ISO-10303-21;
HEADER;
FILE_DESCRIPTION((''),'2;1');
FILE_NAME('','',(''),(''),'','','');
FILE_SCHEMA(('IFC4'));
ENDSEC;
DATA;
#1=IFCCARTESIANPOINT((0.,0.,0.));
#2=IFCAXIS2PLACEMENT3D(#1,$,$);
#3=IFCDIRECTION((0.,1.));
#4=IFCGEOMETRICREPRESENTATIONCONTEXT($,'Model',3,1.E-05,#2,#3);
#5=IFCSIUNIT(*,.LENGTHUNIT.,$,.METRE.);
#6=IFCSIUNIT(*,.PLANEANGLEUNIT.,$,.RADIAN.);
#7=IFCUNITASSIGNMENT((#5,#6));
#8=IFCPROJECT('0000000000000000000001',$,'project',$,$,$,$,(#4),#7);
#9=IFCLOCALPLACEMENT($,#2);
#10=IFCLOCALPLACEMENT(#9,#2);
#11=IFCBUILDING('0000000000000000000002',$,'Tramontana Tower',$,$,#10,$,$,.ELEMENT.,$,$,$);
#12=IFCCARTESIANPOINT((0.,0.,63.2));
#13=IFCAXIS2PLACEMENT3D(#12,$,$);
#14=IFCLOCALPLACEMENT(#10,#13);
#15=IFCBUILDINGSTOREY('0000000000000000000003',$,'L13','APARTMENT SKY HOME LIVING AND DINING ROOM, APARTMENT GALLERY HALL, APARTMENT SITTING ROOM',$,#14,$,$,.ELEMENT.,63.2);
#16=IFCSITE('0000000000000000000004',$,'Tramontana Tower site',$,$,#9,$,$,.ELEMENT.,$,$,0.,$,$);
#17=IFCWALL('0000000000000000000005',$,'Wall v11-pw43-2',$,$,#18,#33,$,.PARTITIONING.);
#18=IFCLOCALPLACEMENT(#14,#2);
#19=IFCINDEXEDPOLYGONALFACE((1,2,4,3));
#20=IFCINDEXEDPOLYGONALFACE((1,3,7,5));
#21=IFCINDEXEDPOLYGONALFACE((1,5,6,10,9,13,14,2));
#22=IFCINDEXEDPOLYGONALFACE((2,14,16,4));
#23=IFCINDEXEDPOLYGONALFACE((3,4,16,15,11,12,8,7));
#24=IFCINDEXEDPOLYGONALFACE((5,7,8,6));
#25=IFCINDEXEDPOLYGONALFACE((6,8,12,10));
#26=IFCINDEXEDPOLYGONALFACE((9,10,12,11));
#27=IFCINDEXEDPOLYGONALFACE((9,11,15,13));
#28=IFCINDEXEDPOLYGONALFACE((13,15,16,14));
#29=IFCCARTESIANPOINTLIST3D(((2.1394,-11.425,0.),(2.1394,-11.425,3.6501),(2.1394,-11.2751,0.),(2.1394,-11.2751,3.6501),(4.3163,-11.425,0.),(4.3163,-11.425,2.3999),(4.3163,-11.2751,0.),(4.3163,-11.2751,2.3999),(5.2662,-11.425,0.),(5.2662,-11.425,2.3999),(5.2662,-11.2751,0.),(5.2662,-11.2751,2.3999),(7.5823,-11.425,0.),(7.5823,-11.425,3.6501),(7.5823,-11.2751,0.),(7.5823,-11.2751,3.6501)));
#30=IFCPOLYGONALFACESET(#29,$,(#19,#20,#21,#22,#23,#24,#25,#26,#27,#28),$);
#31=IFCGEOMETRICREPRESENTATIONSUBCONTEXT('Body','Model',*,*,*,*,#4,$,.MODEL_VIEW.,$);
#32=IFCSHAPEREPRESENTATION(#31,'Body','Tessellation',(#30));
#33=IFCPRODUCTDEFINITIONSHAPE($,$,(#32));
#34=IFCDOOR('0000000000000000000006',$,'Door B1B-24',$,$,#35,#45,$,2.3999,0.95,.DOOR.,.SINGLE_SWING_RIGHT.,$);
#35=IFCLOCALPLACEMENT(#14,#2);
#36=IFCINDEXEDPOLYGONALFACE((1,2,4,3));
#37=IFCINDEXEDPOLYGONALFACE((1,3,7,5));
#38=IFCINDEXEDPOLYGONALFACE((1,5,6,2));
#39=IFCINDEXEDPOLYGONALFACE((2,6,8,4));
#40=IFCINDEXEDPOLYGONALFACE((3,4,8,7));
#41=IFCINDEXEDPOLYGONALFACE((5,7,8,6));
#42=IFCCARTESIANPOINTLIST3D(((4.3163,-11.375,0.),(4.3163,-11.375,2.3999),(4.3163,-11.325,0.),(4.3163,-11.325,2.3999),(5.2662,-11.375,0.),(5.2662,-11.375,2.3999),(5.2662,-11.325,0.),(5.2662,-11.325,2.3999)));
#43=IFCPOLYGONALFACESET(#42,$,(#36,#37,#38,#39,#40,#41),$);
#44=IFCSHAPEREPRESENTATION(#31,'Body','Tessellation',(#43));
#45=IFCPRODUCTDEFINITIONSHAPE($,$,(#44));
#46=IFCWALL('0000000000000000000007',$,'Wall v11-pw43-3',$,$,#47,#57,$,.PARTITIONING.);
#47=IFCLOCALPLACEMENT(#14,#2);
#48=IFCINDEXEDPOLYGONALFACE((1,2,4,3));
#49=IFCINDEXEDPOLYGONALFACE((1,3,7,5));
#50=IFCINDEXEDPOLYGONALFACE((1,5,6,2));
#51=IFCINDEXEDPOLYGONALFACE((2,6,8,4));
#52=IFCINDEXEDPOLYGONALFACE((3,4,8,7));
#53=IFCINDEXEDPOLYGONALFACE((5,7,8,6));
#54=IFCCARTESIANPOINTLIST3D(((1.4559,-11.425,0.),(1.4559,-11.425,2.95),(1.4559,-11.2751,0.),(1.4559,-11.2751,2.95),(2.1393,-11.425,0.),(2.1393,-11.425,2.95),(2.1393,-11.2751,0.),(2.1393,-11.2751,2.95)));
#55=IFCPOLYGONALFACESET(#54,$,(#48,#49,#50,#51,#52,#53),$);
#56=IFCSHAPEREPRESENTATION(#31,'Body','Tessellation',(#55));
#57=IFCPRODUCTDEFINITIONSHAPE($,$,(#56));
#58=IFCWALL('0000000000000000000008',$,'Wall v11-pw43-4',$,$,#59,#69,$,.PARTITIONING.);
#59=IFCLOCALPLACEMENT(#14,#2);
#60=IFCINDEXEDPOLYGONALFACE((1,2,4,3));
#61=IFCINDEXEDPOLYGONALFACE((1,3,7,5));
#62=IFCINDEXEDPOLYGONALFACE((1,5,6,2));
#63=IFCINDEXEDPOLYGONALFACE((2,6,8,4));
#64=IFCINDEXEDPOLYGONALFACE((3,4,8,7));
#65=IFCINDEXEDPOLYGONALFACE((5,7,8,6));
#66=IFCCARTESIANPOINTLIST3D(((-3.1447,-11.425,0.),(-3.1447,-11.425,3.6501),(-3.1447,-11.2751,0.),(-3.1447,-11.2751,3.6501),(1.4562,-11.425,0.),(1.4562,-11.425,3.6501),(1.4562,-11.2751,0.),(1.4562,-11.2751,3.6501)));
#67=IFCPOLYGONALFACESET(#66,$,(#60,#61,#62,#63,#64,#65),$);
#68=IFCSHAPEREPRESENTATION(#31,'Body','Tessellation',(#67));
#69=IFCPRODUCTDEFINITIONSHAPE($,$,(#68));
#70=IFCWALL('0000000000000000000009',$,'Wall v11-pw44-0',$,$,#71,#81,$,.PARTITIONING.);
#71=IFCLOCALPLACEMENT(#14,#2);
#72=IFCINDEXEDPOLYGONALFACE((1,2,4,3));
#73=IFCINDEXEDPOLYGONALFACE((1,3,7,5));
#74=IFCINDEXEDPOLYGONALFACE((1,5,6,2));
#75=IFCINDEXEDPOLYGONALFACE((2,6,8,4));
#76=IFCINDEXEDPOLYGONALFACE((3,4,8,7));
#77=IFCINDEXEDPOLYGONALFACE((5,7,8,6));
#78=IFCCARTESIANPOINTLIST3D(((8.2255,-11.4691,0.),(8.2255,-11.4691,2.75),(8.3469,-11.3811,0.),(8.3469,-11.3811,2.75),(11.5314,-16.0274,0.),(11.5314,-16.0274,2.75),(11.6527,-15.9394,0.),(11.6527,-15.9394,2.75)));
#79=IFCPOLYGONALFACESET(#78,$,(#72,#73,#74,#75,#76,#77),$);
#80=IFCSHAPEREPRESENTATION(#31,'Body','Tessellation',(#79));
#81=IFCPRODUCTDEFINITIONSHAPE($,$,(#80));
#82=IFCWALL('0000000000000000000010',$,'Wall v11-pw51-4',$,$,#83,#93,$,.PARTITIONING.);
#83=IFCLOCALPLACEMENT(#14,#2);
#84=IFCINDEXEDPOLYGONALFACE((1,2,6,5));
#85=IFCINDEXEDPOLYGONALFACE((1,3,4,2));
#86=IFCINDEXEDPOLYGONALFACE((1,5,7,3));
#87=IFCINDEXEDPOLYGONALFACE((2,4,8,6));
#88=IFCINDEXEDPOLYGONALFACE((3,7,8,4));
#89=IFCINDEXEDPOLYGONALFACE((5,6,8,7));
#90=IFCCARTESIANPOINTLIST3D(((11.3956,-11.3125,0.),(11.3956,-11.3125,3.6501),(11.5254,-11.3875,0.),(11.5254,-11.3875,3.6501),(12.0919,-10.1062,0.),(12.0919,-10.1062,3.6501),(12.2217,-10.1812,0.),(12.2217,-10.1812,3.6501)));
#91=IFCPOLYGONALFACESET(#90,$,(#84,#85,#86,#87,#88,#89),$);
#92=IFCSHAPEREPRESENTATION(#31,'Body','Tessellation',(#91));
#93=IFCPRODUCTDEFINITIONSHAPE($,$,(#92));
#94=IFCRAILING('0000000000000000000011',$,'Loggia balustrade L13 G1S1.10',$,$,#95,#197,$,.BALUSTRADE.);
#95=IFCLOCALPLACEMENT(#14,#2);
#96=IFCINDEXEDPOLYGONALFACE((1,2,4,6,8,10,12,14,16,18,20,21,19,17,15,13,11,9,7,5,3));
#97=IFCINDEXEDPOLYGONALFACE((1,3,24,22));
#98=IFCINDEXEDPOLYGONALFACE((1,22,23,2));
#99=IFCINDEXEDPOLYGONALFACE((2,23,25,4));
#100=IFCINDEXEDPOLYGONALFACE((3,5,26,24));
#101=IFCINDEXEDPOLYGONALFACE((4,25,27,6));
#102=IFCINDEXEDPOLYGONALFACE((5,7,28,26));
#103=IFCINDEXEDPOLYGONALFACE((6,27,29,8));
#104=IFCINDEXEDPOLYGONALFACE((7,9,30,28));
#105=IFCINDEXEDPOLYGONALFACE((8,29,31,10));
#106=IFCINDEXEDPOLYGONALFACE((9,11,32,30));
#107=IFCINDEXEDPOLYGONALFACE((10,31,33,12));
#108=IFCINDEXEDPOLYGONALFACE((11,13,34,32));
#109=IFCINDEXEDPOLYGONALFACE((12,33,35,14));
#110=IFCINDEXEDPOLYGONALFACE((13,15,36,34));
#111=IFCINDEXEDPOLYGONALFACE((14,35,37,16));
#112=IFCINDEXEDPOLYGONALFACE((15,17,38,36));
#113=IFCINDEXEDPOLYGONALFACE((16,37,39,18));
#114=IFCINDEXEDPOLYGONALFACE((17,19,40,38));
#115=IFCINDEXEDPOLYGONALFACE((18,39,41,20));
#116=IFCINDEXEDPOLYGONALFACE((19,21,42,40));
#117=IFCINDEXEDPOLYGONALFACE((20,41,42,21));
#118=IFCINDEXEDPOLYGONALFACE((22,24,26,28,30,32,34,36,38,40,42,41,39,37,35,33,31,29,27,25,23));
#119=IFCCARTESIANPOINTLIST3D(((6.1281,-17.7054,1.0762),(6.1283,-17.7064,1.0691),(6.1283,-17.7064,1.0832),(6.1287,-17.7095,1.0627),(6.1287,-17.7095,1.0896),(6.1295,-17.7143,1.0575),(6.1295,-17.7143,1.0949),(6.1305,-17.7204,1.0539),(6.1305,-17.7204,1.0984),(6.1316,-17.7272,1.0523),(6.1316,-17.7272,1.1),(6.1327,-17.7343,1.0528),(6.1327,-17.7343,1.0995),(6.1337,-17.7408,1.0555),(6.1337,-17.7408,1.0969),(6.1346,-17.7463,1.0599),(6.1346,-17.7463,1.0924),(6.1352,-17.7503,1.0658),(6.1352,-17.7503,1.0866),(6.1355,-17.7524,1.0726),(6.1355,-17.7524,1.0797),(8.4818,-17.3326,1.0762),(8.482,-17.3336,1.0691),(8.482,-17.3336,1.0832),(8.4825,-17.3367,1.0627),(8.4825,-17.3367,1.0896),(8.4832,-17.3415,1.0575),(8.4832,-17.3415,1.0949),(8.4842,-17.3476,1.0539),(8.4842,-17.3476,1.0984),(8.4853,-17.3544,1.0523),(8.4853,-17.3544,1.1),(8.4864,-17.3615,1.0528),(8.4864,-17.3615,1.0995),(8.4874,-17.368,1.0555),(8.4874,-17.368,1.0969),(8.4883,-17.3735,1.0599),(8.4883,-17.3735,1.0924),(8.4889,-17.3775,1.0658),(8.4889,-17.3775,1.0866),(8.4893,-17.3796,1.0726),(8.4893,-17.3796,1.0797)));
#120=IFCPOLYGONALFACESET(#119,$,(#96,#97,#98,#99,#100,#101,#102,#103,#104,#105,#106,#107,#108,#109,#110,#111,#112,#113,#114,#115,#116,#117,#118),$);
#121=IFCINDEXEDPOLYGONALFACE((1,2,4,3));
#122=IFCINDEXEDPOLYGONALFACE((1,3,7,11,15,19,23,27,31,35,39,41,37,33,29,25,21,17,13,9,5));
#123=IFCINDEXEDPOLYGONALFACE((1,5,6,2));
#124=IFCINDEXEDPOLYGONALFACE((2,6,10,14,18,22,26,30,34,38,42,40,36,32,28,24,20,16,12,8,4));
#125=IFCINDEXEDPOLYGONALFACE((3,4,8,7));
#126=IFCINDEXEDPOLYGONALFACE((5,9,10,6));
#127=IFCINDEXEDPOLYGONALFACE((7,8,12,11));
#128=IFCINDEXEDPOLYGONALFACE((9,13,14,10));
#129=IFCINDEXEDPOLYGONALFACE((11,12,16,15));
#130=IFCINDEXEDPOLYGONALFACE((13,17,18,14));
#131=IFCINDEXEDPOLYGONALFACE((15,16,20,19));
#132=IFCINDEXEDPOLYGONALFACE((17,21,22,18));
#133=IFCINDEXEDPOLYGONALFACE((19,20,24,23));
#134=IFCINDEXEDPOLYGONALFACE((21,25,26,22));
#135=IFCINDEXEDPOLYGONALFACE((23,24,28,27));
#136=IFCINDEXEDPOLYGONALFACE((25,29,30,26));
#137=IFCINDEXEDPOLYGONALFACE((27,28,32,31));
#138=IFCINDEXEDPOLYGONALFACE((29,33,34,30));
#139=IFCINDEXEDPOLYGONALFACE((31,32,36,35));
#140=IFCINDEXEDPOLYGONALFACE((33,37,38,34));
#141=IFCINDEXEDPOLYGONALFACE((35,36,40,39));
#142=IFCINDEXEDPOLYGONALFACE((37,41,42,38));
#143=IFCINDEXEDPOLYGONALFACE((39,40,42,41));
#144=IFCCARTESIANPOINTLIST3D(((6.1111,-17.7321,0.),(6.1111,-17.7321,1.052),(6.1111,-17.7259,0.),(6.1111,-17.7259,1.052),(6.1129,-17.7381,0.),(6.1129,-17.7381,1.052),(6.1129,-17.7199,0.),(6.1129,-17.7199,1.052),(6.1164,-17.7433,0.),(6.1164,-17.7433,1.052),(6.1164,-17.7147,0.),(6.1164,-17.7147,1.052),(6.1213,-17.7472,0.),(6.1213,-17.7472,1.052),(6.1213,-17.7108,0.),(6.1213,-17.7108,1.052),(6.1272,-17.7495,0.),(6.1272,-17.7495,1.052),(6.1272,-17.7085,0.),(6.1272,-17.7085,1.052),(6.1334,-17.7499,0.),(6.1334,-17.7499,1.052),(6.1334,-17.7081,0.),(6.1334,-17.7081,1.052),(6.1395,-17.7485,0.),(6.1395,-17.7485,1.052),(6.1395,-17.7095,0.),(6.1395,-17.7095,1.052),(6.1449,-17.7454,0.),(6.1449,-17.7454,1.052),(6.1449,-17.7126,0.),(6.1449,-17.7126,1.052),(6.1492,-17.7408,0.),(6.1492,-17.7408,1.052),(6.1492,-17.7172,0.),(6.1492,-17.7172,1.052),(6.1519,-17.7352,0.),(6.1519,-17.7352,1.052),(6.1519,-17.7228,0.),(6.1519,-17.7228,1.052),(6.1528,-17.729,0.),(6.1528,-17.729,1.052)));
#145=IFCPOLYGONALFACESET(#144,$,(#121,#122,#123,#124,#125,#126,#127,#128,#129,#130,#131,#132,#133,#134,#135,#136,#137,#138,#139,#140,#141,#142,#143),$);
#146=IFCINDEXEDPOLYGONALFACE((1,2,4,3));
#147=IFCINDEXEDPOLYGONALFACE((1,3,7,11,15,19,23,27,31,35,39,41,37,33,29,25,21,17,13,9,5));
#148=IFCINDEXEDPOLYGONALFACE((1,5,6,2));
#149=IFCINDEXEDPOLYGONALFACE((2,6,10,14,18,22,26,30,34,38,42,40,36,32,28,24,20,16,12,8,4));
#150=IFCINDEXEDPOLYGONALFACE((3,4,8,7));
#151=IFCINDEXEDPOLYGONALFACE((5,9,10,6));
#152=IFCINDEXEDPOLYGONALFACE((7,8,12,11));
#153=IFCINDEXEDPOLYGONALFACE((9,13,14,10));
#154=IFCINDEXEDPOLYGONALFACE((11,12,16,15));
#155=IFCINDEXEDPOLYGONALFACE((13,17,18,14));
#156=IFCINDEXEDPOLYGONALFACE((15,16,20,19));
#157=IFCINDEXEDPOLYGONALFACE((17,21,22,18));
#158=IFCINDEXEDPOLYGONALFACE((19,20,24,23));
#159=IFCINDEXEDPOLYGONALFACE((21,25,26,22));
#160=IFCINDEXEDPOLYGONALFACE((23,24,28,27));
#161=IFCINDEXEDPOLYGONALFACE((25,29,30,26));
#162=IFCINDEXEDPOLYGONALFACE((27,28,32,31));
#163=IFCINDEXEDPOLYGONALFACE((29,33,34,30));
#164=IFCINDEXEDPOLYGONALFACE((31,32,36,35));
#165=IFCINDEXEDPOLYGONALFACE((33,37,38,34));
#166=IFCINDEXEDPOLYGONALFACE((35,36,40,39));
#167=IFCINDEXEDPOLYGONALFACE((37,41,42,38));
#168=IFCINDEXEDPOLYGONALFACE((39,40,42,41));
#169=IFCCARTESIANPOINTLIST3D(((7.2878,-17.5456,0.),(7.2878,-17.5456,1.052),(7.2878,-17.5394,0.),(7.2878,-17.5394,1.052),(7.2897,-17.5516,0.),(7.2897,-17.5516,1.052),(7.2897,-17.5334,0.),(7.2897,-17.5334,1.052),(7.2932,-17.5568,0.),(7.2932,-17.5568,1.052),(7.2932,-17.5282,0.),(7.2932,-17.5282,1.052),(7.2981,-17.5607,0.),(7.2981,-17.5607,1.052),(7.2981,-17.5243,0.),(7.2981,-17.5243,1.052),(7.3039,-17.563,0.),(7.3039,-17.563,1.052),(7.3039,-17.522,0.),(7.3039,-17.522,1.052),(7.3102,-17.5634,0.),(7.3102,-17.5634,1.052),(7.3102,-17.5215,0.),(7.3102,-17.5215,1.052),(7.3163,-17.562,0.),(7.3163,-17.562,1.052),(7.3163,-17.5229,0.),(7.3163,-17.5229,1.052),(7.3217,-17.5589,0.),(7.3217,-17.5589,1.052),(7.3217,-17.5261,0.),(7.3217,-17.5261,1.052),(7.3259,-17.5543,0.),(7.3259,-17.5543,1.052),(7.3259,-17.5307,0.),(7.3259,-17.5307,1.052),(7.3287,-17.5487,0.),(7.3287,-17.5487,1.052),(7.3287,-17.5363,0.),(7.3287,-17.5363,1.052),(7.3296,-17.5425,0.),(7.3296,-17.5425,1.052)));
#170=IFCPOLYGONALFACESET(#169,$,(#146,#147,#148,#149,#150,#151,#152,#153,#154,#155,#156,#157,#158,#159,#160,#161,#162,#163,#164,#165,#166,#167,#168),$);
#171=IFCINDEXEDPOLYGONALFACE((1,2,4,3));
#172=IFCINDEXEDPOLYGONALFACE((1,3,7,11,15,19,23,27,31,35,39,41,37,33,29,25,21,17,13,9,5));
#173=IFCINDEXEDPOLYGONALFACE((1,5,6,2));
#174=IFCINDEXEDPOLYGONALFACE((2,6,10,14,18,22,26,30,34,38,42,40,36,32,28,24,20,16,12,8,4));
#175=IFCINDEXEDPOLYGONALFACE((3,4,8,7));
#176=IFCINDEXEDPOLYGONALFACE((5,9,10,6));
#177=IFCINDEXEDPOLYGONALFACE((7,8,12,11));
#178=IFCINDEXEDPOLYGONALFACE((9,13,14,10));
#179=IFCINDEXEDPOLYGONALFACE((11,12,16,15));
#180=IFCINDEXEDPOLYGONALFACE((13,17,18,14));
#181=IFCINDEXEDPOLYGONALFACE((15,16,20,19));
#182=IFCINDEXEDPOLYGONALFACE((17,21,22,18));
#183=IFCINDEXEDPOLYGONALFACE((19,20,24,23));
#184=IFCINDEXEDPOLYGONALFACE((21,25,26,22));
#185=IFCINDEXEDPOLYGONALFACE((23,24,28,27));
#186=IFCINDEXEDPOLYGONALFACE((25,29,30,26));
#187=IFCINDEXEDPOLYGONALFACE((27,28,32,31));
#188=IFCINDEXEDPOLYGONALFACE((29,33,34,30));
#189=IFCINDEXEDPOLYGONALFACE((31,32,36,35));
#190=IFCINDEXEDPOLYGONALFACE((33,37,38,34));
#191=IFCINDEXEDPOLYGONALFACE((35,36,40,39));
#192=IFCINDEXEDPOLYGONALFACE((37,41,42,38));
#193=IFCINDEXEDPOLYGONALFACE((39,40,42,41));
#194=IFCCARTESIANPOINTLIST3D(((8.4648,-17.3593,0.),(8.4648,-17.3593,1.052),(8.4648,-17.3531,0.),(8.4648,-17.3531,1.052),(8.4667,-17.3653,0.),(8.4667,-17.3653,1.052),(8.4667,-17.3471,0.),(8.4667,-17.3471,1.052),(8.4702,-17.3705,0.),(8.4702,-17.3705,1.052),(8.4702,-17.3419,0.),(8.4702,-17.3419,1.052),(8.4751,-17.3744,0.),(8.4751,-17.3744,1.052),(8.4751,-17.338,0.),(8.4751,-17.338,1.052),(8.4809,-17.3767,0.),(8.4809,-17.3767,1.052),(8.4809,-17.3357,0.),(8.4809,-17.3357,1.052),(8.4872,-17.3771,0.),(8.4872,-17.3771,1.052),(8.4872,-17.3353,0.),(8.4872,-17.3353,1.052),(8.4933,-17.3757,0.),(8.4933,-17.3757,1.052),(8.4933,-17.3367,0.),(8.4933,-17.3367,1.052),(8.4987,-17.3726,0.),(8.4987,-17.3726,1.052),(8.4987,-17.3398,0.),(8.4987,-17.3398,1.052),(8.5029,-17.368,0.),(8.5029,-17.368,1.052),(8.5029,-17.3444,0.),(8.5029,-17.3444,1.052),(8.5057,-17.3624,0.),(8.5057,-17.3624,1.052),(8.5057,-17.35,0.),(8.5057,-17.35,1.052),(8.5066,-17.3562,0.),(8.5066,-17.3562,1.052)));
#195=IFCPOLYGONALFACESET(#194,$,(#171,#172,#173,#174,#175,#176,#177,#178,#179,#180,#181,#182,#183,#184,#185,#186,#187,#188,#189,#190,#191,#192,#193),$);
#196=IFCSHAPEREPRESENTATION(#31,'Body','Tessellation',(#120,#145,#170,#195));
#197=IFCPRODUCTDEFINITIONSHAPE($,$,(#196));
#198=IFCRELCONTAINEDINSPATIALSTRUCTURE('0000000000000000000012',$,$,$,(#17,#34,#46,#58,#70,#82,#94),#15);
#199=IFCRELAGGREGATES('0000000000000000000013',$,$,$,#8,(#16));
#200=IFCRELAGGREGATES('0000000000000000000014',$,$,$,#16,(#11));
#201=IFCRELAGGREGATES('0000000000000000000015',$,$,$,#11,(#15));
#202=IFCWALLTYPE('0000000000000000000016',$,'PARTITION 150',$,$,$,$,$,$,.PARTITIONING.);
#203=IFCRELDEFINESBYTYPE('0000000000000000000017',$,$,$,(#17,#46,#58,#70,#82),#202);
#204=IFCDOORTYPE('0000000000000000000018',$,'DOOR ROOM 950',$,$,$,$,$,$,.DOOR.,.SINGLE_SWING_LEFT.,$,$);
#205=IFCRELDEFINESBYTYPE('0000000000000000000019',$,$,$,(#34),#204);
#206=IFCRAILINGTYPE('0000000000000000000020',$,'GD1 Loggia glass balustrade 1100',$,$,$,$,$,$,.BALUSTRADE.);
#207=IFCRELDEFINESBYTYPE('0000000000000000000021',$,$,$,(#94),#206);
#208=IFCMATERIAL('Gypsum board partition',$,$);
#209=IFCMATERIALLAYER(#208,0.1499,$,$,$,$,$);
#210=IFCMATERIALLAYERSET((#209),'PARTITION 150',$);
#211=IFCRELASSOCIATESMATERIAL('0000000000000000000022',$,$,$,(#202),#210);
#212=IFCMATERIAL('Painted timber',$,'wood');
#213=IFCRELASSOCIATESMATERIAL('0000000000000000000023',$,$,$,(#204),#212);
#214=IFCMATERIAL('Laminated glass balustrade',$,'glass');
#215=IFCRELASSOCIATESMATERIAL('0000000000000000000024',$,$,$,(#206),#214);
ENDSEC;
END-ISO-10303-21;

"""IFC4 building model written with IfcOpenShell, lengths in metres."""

from ifc_helpers import new_model, si_unit, direction, frame, frame_2d, origin, origin_2d, place, context, subcontext, project, spatial, rectangle, circle, extrude, material, layer, layer_set, type_object, element, fill, save


model = new_model("IFC4")

# Units and contexts
model_context = context("Model", 3, precision=1e-05, world=origin(), true_north=direction((0.0, 1.0)))
body_context = subcontext(model_context, "Body", "Model", "MODEL_VIEW")
ifc_project = project(units=[si_unit("LENGTHUNIT", "METRE"), si_unit("PLANEANGLEUNIT", "RADIAN")], contexts=[model_context])

# Site, building, storey
site_placement = place(None, origin())
site = spatial("IfcSite", under=ifc_project, at=site_placement, Name="Tramontana Tower site", CompositionType="ELEMENT", RefElevation=0.0)
building_placement = place(site_placement, origin())
building = spatial("IfcBuilding", under=site, at=building_placement, Name="Tramontana Tower", CompositionType="ELEMENT")
storey_placement = place(building_placement, frame((0.0, 0.0, 63.2)))
storey = spatial("IfcBuildingStorey", under=building, at=storey_placement, Name="L13", Description="APARTMENT SKY HOME LIVING AND DINING ROOM, APARTMENT GALLERY HALL, APARTMENT SITTING ROOM", CompositionType="ELEMENT", Elevation=63.2)

# Shared definitions
ifc_material_1 = material(Name="Gypsum board partition")
ifc_layer_1 = layer(ifc_material_1, 0.1499)
ifc_layer_set_1 = layer_set([ifc_layer_1], Name="PARTITION 150")
wall_type_1 = type_object("IfcWallType", Name="PARTITION 150", PredefinedType="PARTITIONING", material=ifc_layer_set_1)

# Wall, opening, door
wall_1_placement = place(storey_placement, frame((7.5823, -11.3501, 0.0), z_axis=(0.0, 0.0, 1.0), x_axis=(-1.0, 0.0, 0.0)))
wall_1 = element("IfcWall", 1, at=wall_1_placement, inside=storey, type_object=wall_type_1, Name="Wall v11-pw43-2", PredefinedType="PARTITIONING", context=body_context, shape_type="SweptSolid", body=[
    extrude(rectangle(XDim=5.4429, YDim=0.1499, at=frame_2d((2.7214, 0.0))), origin(), (0.0, 0.0, 1.0), 3.6501),
])
opening_1_placement = place(wall_1_placement, frame((2.3159, 0.0, 0.0)))
opening_1 = element("IfcOpeningElement", 2, at=opening_1_placement, cuts=wall_1, PredefinedType="OPENING", context=body_context, shape_type="SweptSolid", body=[
    extrude(rectangle(XDim=0.95, YDim=2.3999, at=frame_2d((0.4751, 1.2))), frame((0.0, 0.085, 0.0), z_axis=(0.0, -1.0, 0.0), x_axis=(1.0, 0.0, 0.0)), (0.0, 0.0, 1.0), 0.1699),
])
ifc_material_2 = material(Name="Painted timber", Category="wood")
door_type_1 = type_object("IfcDoorType", Name="DOOR ROOM 950", OperationType="SINGLE_SWING_LEFT", PredefinedType="DOOR", material=ifc_material_2)
door_1_placement = place(opening_1_placement, origin())
door_1 = element("IfcDoor", 3, at=door_1_placement, inside=storey, type_object=door_type_1, Name="Door B1B-24", OperationType="SINGLE_SWING_RIGHT", OverallHeight=2.3999, OverallWidth=0.95, PredefinedType="DOOR", context=body_context, shape_type="SweptSolid", body=[
    extrude(rectangle(XDim=0.95, YDim=2.3999, at=frame_2d((0.4751, 1.2))), frame((0.0, 0.0249, 0.0), z_axis=(0.0, -1.0, 0.0), x_axis=(1.0, 0.0, 0.0)), (0.0, 0.0, 1.0), 0.05),
])
fill(opening_1, door_1)

# Walls
wall_2_placement = place(storey_placement, frame((2.1394, -11.3501, 0.0), z_axis=(0.0, 0.0, 1.0), x_axis=(-1.0, 0.0, 0.0)))
element("IfcWall", 4, at=wall_2_placement, inside=storey, type_object=wall_type_1, Name="Wall v11-pw43-3", PredefinedType="PARTITIONING", context=body_context, shape_type="SweptSolid", body=[
    extrude(rectangle(XDim=0.6833, YDim=0.1499, at=frame_2d((0.3418, 0.0))), origin(), (0.0, 0.0, 1.0), 2.95),
])
wall_3_placement = place(storey_placement, frame((1.4561, -11.3501, 0.0), z_axis=(0.0, 0.0, 1.0), x_axis=(-1.0, 0.0, 0.0)))
element("IfcWall", 5, at=wall_3_placement, inside=storey, type_object=wall_type_1, Name="Wall v11-pw43-4", PredefinedType="PARTITIONING", context=body_context, shape_type="SweptSolid", body=[
    extrude(rectangle(XDim=4.6008, YDim=0.1499, at=frame_2d((2.3003, 0.0))), origin(), (0.0, 0.0, 1.0), 3.6501),
])
wall_4_placement = place(storey_placement, frame((11.592, -15.9834, 0.0), z_axis=(0.0, 0.0, 1.0), x_axis=(-0.587096, 0.809517, 0.0)))
element("IfcWall", 6, at=wall_4_placement, inside=storey, type_object=wall_type_1, Name="Wall v11-pw44-0", PredefinedType="PARTITIONING", context=body_context, shape_type="SweptSolid", body=[
    extrude(rectangle(XDim=5.6309, YDim=0.1499, at=frame_2d((2.8154, 0.0))), origin(), (0.0, 0.0, 1.0), 2.75),
])
wall_5_placement = place(storey_placement, frame((12.1567, -10.1438, 0.0), z_axis=(0.0, 0.0, 1.0), x_axis=(-0.49991, -0.866078, 0.0)))
element("IfcWall", 7, at=wall_5_placement, inside=storey, type_object=wall_type_1, Name="Wall v11-pw51-4", PredefinedType="PARTITIONING", context=body_context, shape_type="SweptSolid", body=[
    extrude(rectangle(XDim=1.3928, YDim=0.1499, at=frame_2d((0.6963, 0.0))), origin(), (0.0, 0.0, 1.0), 3.6501),
])

# Railing
ifc_material_3 = material(Name="Laminated glass balustrade", Category="glass")
railing_type = type_object("IfcRailingType", Name="GD1 Loggia glass balustrade 1100", PredefinedType="BALUSTRADE", material=ifc_material_3)
railing_placement = place(storey_placement, frame((6.1318, -17.729, 0.0)))
element("IfcRailing", 8, at=railing_placement, inside=storey, type_object=railing_type, Name="Loggia balustrade L13 G1S1.10", PredefinedType="BALUSTRADE", context=body_context, shape_type="SweptSolid", body=[
    extrude(circle(Radius=0.0239, at=origin_2d()), frame((0.0, 0.0, 1.0762), z_axis=(0.987688, 0.156436, 0.0), x_axis=(-0.156436, 0.987688, 0.0)), (0.0, 0.0, 1.0), 2.3831),
    extrude(circle(Radius=0.021, at=origin_2d()), origin(), (0.0, 0.0, 1.0), 1.052),
    extrude(circle(Radius=0.021, at=origin_2d()), frame((1.1768, 0.1865, 0.0)), (0.0, 0.0, 1.0), 1.052),
    extrude(circle(Radius=0.021, at=origin_2d()), frame((2.3538, 0.3728, 0.0)), (0.0, 0.0, 1.0), 1.052),
])

save(model, "model.ifc")
